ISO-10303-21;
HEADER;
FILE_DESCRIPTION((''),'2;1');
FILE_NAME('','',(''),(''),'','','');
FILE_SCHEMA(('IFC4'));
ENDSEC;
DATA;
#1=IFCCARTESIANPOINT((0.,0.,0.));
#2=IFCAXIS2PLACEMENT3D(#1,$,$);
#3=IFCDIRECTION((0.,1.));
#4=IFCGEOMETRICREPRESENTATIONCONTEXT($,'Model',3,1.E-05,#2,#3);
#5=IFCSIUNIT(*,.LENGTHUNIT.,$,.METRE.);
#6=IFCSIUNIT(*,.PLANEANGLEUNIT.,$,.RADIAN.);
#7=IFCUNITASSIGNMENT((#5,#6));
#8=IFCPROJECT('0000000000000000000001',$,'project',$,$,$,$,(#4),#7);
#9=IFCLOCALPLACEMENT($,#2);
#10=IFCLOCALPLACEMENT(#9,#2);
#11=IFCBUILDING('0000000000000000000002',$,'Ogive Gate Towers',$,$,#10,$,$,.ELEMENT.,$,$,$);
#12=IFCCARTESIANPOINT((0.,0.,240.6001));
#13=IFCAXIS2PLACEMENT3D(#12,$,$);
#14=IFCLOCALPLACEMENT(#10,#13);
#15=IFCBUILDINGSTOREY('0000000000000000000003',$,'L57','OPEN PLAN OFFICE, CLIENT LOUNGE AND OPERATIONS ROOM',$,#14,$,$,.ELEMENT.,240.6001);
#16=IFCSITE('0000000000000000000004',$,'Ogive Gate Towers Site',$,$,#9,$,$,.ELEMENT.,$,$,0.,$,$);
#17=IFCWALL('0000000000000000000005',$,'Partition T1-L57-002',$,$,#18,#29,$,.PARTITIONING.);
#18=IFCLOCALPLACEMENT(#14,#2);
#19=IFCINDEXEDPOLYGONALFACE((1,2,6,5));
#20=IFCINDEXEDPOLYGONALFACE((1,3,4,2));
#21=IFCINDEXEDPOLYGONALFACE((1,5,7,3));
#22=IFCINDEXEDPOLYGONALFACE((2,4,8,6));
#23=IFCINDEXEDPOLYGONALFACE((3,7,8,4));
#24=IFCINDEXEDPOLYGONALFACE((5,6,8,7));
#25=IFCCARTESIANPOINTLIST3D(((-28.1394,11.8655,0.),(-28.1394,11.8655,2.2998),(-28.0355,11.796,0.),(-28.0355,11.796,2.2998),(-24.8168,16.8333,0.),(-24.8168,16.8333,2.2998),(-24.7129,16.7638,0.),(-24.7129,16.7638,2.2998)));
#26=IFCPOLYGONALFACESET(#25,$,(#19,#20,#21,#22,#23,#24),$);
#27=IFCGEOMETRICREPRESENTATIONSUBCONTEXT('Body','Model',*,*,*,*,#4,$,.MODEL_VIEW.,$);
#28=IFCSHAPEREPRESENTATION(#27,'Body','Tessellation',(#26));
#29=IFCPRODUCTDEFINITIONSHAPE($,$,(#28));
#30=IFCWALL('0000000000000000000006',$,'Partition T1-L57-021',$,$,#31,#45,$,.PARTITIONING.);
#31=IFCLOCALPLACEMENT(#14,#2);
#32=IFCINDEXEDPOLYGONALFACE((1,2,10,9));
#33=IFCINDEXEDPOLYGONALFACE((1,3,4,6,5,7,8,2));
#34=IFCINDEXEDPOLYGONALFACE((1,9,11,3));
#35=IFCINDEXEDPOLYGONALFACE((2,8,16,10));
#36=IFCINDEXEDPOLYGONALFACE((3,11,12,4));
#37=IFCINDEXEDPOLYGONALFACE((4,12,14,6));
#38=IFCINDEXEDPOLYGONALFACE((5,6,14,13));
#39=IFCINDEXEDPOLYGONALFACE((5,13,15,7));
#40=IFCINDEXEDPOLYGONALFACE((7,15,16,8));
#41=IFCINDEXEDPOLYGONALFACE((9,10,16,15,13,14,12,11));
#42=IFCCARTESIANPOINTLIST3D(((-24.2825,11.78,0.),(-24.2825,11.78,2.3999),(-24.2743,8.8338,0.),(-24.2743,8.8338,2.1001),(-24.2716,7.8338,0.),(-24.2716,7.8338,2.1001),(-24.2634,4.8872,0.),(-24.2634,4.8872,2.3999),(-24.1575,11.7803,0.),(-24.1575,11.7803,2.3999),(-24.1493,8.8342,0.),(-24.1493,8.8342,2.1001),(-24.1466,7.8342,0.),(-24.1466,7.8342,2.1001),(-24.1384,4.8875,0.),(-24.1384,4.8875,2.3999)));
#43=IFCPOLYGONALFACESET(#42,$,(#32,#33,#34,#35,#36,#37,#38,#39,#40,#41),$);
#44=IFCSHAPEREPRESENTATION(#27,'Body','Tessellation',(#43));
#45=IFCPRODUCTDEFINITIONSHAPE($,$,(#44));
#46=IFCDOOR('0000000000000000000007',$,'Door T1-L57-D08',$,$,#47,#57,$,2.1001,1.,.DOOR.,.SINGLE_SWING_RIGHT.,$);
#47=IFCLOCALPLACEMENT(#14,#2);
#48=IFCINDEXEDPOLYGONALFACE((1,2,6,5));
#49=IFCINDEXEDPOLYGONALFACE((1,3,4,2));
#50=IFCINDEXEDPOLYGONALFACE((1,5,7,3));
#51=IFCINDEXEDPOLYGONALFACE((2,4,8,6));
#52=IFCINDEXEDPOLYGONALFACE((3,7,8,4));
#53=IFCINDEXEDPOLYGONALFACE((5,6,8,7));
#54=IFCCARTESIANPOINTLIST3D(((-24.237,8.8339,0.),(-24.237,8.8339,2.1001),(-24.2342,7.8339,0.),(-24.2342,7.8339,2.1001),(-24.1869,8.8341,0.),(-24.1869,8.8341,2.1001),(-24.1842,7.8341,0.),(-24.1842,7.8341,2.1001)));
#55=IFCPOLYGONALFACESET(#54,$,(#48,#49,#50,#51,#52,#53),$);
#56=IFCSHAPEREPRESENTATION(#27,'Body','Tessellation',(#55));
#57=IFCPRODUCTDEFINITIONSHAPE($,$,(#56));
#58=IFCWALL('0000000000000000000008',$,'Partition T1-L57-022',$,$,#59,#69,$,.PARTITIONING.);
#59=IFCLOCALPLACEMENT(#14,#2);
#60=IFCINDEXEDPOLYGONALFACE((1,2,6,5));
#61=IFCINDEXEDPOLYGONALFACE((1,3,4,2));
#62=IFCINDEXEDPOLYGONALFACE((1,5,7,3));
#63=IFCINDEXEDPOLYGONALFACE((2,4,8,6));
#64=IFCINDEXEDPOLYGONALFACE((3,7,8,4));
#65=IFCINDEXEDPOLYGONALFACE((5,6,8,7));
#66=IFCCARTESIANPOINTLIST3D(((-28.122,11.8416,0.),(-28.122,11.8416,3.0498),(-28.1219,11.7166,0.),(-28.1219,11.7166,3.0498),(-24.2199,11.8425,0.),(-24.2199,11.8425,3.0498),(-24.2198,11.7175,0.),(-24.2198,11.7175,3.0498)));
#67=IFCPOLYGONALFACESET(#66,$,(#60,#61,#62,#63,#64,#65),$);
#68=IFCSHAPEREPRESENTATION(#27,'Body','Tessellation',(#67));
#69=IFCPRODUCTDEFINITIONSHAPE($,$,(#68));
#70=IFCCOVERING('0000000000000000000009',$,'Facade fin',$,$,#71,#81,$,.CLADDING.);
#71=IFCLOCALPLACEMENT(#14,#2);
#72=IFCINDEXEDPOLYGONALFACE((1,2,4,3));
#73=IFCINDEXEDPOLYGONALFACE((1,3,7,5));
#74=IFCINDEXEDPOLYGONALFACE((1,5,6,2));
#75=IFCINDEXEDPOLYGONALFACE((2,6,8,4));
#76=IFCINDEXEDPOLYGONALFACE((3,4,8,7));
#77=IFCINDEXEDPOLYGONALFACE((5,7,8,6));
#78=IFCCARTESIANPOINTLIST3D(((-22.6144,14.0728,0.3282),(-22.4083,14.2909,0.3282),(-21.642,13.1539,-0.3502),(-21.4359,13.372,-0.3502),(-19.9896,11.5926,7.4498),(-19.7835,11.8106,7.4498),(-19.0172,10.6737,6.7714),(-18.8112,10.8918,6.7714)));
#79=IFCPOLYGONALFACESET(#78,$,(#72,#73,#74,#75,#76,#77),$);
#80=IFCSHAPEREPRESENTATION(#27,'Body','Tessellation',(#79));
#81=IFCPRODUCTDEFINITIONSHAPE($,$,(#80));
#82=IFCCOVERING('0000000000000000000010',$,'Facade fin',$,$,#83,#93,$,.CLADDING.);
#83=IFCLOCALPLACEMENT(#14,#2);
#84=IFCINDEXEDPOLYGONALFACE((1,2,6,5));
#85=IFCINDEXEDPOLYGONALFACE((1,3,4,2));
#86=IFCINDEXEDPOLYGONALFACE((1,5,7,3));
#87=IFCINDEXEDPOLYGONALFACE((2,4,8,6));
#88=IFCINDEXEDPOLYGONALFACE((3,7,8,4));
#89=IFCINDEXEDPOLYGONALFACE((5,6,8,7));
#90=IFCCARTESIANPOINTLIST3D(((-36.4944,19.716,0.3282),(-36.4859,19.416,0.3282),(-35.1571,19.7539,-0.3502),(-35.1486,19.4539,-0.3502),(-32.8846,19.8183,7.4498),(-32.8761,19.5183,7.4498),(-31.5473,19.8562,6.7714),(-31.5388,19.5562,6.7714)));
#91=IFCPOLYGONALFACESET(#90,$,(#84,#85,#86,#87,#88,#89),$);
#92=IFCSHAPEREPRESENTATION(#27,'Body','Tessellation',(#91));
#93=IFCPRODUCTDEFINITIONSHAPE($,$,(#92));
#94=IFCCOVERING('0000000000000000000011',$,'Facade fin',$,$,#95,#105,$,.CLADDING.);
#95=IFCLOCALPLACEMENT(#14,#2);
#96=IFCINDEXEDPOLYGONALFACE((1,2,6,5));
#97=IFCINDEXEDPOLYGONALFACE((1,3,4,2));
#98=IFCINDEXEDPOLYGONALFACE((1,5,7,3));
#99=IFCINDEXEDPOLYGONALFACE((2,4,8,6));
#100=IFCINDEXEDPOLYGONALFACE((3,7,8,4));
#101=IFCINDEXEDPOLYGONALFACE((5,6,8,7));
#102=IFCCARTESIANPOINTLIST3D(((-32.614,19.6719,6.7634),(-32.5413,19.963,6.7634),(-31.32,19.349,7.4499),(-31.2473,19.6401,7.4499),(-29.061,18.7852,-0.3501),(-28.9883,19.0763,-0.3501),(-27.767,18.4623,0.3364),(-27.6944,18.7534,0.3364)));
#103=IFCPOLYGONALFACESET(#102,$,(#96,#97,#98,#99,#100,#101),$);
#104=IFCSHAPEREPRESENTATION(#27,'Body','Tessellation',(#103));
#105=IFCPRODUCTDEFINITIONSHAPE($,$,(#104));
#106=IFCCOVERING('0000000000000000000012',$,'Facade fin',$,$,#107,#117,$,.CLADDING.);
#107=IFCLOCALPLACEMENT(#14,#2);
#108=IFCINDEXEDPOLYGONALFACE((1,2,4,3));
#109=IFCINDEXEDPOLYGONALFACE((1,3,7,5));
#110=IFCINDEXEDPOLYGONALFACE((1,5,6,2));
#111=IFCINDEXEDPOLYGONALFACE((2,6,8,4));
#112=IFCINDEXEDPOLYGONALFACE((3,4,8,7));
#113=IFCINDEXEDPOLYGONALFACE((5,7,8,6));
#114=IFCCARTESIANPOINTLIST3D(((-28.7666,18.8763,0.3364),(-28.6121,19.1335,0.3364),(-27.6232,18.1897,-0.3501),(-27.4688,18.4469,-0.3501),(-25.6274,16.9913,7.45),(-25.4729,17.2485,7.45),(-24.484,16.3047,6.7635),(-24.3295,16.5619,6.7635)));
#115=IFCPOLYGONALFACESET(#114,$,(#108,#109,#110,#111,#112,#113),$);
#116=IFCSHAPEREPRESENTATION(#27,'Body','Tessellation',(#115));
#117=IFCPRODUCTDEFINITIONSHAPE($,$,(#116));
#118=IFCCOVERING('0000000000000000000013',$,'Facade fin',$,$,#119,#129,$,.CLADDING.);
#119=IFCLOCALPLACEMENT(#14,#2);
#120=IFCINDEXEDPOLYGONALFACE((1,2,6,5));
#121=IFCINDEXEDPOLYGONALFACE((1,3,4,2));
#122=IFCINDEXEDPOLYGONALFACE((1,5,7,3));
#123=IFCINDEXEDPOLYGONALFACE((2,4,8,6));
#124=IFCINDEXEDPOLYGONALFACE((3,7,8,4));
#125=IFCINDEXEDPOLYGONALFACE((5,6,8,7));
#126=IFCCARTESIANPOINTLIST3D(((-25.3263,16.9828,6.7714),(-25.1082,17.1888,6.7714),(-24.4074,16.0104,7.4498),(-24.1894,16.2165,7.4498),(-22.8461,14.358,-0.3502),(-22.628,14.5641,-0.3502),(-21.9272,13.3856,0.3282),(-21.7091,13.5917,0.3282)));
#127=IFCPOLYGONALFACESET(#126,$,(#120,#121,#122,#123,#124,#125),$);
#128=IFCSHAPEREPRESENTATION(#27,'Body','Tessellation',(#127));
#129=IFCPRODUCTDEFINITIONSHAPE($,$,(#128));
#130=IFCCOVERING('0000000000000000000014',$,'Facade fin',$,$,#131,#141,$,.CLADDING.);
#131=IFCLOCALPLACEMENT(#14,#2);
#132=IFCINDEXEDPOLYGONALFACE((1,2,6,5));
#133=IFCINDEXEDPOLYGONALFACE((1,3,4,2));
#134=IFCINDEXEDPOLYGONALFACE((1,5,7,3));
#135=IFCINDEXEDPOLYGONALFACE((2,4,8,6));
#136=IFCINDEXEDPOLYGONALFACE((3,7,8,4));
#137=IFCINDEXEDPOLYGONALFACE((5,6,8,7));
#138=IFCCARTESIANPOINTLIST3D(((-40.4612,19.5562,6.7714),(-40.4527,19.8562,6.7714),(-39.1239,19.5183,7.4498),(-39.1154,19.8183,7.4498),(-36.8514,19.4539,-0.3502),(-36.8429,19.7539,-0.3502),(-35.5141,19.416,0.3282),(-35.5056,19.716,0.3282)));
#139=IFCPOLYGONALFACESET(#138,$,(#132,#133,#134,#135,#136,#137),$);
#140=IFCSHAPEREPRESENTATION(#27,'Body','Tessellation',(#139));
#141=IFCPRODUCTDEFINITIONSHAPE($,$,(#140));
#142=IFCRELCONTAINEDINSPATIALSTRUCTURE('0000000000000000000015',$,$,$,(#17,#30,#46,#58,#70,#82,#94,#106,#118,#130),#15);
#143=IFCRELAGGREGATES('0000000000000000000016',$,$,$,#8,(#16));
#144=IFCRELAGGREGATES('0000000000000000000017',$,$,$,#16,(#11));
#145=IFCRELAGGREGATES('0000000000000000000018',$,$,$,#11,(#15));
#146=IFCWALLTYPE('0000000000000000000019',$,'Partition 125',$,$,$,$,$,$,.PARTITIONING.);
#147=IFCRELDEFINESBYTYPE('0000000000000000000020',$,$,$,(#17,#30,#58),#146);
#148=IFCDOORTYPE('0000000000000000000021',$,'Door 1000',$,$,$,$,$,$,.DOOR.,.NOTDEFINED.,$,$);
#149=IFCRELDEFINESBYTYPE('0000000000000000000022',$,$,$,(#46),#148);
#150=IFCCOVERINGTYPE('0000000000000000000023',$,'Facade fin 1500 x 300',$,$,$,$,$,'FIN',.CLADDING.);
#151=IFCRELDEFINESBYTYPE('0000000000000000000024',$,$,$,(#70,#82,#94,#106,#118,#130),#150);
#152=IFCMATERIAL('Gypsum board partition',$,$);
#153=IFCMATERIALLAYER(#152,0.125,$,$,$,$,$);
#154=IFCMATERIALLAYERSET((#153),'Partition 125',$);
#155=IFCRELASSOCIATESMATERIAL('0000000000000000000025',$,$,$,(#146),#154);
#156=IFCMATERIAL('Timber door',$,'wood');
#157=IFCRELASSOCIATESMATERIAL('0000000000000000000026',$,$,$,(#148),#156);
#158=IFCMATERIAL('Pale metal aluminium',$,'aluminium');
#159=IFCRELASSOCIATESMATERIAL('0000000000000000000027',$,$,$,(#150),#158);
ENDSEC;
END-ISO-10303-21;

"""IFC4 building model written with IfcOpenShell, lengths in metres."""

from ifc_helpers import new_model, si_unit, direction, frame, frame_2d, origin, origin_2d, place, context, subcontext, project, spatial, rectangle, extrude, material, layer, layer_set, material_profile, profile_set, type_object, element, fill, save


model = new_model("IFC4")

# Units and contexts
model_context = context("Model", 3, precision=1e-05, world=origin(), true_north=direction((0.0, 1.0)))
body_context = subcontext(model_context, "Body", "Model", "MODEL_VIEW")
ifc_project = project(units=[si_unit("LENGTHUNIT", "METRE"), si_unit("PLANEANGLEUNIT", "RADIAN")], contexts=[model_context])

# Site, building, storey
site_placement = place(None, origin())
site = spatial("IfcSite", under=ifc_project, at=site_placement, Name="Ogive Gate Towers Site", CompositionType="ELEMENT", RefElevation=0.0)
building_placement = place(site_placement, origin())
building = spatial("IfcBuilding", under=site, at=building_placement, Name="Ogive Gate Towers", CompositionType="ELEMENT")
storey_placement = place(building_placement, frame((0.0, 0.0, 240.6001)))
storey = spatial("IfcBuildingStorey", under=building, at=storey_placement, Name="L57", Description="OPEN PLAN OFFICE, CLIENT LOUNGE AND OPERATIONS ROOM", CompositionType="ELEMENT", Elevation=240.6001)

# Shared definitions
ifc_material_1 = material(Name="Pale metal aluminium", Category="aluminium")

# Wall
ifc_material_2 = material(Name="Gypsum board partition")
ifc_layer_1 = layer(ifc_material_2, 0.125)
ifc_layer_set_1 = layer_set([ifc_layer_1], Name="Partition 125")
wall_type = type_object("IfcWallType", Name="Partition 125", PredefinedType="PARTITIONING", material=ifc_layer_set_1)
wall_1_placement = place(storey_placement, frame((-24.7649, 16.7986, 0.0), z_axis=(0.0, 0.0, 1.0), x_axis=(-0.555935, -0.831226, 0.0)))
element("IfcWall", 1, at=wall_1_placement, inside=storey, type_object=wall_type, Name="Partition T1-L57-002", PredefinedType="PARTITIONING", context=body_context, shape_type="SweptSolid", body=[
    extrude(rectangle(XDim=5.9766, YDim=0.125, at=frame_2d((2.9883, 0.0))), origin(), (0.0, 0.0, 1.0), 2.2998),
])

# Wall, opening, door
wall_2_placement = place(storey_placement, frame((-24.22, 11.78, 0.0), z_axis=(0.0, 0.0, 1.0), x_axis=(0.002763, -0.999996, 0.0)))
wall_2 = element("IfcWall", 2, at=wall_2_placement, inside=storey, type_object=wall_type, Name="Partition T1-L57-021", PredefinedType="PARTITIONING", context=body_context, shape_type="SweptSolid", body=[
    extrude(rectangle(XDim=6.8928, YDim=0.125, at=frame_2d((3.4463, 0.0))), origin(), (0.0, 0.0, 1.0), 2.3999),
])
opening_placement = place(wall_2_placement, frame((2.946, 0.0, 0.0)))
opening = element("IfcOpeningElement", 3, at=opening_placement, cuts=wall_2, PredefinedType="OPENING", context=body_context, shape_type="SweptSolid", body=[
    extrude(rectangle(XDim=1.0, YDim=2.1001, at=frame_2d((0.5, 1.05))), frame((0.0, 0.0725, 0.0), z_axis=(0.0, -1.0, 0.0), x_axis=(1.0, 0.0, 0.0)), (0.0, 0.0, 1.0), 0.145),
])
ifc_material_3 = material(Name="Timber door", Category="wood")
door_type = type_object("IfcDoorType", Name="Door 1000", OperationType="NOTDEFINED", PredefinedType="DOOR", material=ifc_material_3)
door_placement = place(opening_placement, origin())
door = element("IfcDoor", 4, at=door_placement, inside=storey, type_object=door_type, Name="Door T1-L57-D08", OperationType="SINGLE_SWING_RIGHT", OverallHeight=2.1001, OverallWidth=1.0, PredefinedType="DOOR", context=body_context, shape_type="SweptSolid", body=[
    extrude(rectangle(XDim=1.0, YDim=2.1001, at=frame_2d((0.5, 1.05))), frame((0.0, 0.0249, 0.0), z_axis=(0.0, -1.0, 0.0), x_axis=(1.0, 0.0, 0.0)), (0.0, 0.0, 1.0), 0.05),
])
fill(opening, door)

# Wall
wall_3_placement = place(storey_placement, frame((-28.1221, 11.7791, 0.0), z_axis=(0.0, 0.0, 1.0), x_axis=(1.0, 0.00025, 0.0)))
element("IfcWall", 5, at=wall_3_placement, inside=storey, type_object=wall_type, Name="Partition T1-L57-022", PredefinedType="PARTITIONING", context=body_context, shape_type="SweptSolid", body=[
    extrude(rectangle(XDim=3.9021, YDim=0.125, at=frame_2d((1.9512, 0.0))), origin(), (0.0, 0.0, 1.0), 3.0498),
])

# Coverings
ifc_material_profile_1 = material_profile(ifc_material_1, rectangle(XDim=0.3, YDim=1.5, at=origin_2d()), Name="1500 x 300 pale metal aluminium")
ifc_profile_set_1 = profile_set([ifc_material_profile_1], Name="Pale metal aluminium")
covering_type = type_object("IfcCoveringType", Name="Facade fin 1500 x 300", ElementType="FIN", PredefinedType="CLADDING", material=ifc_profile_set_1)
for number, where, z_axis, x_axis, name in (
    (6, (-22.0251, 13.7224, -0.011), (0.328717, -0.310616, 0.891887), (0.686812, 0.726835, 0.0), "Facade fin"),
    (7, (-35.8215, 19.585, -0.011), (0.452087, 0.012811, 0.891882), (-0.028326, 0.999599, 0.0), "Facade fin"),
):
    element("IfcCovering", number, at=place(storey_placement, frame(where, z_axis=z_axis, x_axis=x_axis)), inside=storey, type_object=covering_type, Name=name, PredefinedType="CLADDING", context=body_context, shape_type="SweptSolid", body=[
        extrude(rectangle(XDim=0.3, YDim=1.5, at=origin_2d()), origin(), (0.0, 0.0, 1.0), 7.9849),
    ])
for number, where, z_axis, x_axis, name in (
    (8, (-28.3777, 18.7693, -0.0068), (-0.44408, 0.110829, 0.889106), (-0.242143, -0.97024, 0.0), "Facade fin"),
    (9, (-28.1177, 18.6616, -0.0068), (0.392365, -0.235608, 0.889122), (0.5148, 0.85731, 0.0), "Facade fin"),
):
    element("IfcCovering", number, at=place(storey_placement, frame(where, z_axis=z_axis, x_axis=x_axis)), inside=storey, type_object=covering_type, Name=name, PredefinedType="CLADDING", context=body_context, shape_type="SweptSolid", body=[
        extrude(rectangle(XDim=0.3, YDim=1.5, at=origin_2d()), origin(), (0.0, 0.0, 1.0), 8.0007),
    ])
for number, where, z_axis, x_axis, name in (
    (10, (-22.2776, 13.9749, -0.011), (-0.310616, 0.328717, 0.891887), (-0.726835, -0.686812, 0.0), "Facade fin"),
    (11, (-36.1785, 19.585, -0.011), (-0.452087, 0.012811, 0.891882), (-0.028326, -0.999599, 0.0), "Facade fin"),
):
    element("IfcCovering", number, at=place(storey_placement, frame(where, z_axis=z_axis, x_axis=x_axis)), inside=storey, type_object=covering_type, Name=name, PredefinedType="CLADDING", context=body_context, shape_type="SweptSolid", body=[
        extrude(rectangle(XDim=0.3, YDim=1.5, at=origin_2d()), origin(), (0.0, 0.0, 1.0), 7.9849),
    ])

save(model, "model.ifc")
